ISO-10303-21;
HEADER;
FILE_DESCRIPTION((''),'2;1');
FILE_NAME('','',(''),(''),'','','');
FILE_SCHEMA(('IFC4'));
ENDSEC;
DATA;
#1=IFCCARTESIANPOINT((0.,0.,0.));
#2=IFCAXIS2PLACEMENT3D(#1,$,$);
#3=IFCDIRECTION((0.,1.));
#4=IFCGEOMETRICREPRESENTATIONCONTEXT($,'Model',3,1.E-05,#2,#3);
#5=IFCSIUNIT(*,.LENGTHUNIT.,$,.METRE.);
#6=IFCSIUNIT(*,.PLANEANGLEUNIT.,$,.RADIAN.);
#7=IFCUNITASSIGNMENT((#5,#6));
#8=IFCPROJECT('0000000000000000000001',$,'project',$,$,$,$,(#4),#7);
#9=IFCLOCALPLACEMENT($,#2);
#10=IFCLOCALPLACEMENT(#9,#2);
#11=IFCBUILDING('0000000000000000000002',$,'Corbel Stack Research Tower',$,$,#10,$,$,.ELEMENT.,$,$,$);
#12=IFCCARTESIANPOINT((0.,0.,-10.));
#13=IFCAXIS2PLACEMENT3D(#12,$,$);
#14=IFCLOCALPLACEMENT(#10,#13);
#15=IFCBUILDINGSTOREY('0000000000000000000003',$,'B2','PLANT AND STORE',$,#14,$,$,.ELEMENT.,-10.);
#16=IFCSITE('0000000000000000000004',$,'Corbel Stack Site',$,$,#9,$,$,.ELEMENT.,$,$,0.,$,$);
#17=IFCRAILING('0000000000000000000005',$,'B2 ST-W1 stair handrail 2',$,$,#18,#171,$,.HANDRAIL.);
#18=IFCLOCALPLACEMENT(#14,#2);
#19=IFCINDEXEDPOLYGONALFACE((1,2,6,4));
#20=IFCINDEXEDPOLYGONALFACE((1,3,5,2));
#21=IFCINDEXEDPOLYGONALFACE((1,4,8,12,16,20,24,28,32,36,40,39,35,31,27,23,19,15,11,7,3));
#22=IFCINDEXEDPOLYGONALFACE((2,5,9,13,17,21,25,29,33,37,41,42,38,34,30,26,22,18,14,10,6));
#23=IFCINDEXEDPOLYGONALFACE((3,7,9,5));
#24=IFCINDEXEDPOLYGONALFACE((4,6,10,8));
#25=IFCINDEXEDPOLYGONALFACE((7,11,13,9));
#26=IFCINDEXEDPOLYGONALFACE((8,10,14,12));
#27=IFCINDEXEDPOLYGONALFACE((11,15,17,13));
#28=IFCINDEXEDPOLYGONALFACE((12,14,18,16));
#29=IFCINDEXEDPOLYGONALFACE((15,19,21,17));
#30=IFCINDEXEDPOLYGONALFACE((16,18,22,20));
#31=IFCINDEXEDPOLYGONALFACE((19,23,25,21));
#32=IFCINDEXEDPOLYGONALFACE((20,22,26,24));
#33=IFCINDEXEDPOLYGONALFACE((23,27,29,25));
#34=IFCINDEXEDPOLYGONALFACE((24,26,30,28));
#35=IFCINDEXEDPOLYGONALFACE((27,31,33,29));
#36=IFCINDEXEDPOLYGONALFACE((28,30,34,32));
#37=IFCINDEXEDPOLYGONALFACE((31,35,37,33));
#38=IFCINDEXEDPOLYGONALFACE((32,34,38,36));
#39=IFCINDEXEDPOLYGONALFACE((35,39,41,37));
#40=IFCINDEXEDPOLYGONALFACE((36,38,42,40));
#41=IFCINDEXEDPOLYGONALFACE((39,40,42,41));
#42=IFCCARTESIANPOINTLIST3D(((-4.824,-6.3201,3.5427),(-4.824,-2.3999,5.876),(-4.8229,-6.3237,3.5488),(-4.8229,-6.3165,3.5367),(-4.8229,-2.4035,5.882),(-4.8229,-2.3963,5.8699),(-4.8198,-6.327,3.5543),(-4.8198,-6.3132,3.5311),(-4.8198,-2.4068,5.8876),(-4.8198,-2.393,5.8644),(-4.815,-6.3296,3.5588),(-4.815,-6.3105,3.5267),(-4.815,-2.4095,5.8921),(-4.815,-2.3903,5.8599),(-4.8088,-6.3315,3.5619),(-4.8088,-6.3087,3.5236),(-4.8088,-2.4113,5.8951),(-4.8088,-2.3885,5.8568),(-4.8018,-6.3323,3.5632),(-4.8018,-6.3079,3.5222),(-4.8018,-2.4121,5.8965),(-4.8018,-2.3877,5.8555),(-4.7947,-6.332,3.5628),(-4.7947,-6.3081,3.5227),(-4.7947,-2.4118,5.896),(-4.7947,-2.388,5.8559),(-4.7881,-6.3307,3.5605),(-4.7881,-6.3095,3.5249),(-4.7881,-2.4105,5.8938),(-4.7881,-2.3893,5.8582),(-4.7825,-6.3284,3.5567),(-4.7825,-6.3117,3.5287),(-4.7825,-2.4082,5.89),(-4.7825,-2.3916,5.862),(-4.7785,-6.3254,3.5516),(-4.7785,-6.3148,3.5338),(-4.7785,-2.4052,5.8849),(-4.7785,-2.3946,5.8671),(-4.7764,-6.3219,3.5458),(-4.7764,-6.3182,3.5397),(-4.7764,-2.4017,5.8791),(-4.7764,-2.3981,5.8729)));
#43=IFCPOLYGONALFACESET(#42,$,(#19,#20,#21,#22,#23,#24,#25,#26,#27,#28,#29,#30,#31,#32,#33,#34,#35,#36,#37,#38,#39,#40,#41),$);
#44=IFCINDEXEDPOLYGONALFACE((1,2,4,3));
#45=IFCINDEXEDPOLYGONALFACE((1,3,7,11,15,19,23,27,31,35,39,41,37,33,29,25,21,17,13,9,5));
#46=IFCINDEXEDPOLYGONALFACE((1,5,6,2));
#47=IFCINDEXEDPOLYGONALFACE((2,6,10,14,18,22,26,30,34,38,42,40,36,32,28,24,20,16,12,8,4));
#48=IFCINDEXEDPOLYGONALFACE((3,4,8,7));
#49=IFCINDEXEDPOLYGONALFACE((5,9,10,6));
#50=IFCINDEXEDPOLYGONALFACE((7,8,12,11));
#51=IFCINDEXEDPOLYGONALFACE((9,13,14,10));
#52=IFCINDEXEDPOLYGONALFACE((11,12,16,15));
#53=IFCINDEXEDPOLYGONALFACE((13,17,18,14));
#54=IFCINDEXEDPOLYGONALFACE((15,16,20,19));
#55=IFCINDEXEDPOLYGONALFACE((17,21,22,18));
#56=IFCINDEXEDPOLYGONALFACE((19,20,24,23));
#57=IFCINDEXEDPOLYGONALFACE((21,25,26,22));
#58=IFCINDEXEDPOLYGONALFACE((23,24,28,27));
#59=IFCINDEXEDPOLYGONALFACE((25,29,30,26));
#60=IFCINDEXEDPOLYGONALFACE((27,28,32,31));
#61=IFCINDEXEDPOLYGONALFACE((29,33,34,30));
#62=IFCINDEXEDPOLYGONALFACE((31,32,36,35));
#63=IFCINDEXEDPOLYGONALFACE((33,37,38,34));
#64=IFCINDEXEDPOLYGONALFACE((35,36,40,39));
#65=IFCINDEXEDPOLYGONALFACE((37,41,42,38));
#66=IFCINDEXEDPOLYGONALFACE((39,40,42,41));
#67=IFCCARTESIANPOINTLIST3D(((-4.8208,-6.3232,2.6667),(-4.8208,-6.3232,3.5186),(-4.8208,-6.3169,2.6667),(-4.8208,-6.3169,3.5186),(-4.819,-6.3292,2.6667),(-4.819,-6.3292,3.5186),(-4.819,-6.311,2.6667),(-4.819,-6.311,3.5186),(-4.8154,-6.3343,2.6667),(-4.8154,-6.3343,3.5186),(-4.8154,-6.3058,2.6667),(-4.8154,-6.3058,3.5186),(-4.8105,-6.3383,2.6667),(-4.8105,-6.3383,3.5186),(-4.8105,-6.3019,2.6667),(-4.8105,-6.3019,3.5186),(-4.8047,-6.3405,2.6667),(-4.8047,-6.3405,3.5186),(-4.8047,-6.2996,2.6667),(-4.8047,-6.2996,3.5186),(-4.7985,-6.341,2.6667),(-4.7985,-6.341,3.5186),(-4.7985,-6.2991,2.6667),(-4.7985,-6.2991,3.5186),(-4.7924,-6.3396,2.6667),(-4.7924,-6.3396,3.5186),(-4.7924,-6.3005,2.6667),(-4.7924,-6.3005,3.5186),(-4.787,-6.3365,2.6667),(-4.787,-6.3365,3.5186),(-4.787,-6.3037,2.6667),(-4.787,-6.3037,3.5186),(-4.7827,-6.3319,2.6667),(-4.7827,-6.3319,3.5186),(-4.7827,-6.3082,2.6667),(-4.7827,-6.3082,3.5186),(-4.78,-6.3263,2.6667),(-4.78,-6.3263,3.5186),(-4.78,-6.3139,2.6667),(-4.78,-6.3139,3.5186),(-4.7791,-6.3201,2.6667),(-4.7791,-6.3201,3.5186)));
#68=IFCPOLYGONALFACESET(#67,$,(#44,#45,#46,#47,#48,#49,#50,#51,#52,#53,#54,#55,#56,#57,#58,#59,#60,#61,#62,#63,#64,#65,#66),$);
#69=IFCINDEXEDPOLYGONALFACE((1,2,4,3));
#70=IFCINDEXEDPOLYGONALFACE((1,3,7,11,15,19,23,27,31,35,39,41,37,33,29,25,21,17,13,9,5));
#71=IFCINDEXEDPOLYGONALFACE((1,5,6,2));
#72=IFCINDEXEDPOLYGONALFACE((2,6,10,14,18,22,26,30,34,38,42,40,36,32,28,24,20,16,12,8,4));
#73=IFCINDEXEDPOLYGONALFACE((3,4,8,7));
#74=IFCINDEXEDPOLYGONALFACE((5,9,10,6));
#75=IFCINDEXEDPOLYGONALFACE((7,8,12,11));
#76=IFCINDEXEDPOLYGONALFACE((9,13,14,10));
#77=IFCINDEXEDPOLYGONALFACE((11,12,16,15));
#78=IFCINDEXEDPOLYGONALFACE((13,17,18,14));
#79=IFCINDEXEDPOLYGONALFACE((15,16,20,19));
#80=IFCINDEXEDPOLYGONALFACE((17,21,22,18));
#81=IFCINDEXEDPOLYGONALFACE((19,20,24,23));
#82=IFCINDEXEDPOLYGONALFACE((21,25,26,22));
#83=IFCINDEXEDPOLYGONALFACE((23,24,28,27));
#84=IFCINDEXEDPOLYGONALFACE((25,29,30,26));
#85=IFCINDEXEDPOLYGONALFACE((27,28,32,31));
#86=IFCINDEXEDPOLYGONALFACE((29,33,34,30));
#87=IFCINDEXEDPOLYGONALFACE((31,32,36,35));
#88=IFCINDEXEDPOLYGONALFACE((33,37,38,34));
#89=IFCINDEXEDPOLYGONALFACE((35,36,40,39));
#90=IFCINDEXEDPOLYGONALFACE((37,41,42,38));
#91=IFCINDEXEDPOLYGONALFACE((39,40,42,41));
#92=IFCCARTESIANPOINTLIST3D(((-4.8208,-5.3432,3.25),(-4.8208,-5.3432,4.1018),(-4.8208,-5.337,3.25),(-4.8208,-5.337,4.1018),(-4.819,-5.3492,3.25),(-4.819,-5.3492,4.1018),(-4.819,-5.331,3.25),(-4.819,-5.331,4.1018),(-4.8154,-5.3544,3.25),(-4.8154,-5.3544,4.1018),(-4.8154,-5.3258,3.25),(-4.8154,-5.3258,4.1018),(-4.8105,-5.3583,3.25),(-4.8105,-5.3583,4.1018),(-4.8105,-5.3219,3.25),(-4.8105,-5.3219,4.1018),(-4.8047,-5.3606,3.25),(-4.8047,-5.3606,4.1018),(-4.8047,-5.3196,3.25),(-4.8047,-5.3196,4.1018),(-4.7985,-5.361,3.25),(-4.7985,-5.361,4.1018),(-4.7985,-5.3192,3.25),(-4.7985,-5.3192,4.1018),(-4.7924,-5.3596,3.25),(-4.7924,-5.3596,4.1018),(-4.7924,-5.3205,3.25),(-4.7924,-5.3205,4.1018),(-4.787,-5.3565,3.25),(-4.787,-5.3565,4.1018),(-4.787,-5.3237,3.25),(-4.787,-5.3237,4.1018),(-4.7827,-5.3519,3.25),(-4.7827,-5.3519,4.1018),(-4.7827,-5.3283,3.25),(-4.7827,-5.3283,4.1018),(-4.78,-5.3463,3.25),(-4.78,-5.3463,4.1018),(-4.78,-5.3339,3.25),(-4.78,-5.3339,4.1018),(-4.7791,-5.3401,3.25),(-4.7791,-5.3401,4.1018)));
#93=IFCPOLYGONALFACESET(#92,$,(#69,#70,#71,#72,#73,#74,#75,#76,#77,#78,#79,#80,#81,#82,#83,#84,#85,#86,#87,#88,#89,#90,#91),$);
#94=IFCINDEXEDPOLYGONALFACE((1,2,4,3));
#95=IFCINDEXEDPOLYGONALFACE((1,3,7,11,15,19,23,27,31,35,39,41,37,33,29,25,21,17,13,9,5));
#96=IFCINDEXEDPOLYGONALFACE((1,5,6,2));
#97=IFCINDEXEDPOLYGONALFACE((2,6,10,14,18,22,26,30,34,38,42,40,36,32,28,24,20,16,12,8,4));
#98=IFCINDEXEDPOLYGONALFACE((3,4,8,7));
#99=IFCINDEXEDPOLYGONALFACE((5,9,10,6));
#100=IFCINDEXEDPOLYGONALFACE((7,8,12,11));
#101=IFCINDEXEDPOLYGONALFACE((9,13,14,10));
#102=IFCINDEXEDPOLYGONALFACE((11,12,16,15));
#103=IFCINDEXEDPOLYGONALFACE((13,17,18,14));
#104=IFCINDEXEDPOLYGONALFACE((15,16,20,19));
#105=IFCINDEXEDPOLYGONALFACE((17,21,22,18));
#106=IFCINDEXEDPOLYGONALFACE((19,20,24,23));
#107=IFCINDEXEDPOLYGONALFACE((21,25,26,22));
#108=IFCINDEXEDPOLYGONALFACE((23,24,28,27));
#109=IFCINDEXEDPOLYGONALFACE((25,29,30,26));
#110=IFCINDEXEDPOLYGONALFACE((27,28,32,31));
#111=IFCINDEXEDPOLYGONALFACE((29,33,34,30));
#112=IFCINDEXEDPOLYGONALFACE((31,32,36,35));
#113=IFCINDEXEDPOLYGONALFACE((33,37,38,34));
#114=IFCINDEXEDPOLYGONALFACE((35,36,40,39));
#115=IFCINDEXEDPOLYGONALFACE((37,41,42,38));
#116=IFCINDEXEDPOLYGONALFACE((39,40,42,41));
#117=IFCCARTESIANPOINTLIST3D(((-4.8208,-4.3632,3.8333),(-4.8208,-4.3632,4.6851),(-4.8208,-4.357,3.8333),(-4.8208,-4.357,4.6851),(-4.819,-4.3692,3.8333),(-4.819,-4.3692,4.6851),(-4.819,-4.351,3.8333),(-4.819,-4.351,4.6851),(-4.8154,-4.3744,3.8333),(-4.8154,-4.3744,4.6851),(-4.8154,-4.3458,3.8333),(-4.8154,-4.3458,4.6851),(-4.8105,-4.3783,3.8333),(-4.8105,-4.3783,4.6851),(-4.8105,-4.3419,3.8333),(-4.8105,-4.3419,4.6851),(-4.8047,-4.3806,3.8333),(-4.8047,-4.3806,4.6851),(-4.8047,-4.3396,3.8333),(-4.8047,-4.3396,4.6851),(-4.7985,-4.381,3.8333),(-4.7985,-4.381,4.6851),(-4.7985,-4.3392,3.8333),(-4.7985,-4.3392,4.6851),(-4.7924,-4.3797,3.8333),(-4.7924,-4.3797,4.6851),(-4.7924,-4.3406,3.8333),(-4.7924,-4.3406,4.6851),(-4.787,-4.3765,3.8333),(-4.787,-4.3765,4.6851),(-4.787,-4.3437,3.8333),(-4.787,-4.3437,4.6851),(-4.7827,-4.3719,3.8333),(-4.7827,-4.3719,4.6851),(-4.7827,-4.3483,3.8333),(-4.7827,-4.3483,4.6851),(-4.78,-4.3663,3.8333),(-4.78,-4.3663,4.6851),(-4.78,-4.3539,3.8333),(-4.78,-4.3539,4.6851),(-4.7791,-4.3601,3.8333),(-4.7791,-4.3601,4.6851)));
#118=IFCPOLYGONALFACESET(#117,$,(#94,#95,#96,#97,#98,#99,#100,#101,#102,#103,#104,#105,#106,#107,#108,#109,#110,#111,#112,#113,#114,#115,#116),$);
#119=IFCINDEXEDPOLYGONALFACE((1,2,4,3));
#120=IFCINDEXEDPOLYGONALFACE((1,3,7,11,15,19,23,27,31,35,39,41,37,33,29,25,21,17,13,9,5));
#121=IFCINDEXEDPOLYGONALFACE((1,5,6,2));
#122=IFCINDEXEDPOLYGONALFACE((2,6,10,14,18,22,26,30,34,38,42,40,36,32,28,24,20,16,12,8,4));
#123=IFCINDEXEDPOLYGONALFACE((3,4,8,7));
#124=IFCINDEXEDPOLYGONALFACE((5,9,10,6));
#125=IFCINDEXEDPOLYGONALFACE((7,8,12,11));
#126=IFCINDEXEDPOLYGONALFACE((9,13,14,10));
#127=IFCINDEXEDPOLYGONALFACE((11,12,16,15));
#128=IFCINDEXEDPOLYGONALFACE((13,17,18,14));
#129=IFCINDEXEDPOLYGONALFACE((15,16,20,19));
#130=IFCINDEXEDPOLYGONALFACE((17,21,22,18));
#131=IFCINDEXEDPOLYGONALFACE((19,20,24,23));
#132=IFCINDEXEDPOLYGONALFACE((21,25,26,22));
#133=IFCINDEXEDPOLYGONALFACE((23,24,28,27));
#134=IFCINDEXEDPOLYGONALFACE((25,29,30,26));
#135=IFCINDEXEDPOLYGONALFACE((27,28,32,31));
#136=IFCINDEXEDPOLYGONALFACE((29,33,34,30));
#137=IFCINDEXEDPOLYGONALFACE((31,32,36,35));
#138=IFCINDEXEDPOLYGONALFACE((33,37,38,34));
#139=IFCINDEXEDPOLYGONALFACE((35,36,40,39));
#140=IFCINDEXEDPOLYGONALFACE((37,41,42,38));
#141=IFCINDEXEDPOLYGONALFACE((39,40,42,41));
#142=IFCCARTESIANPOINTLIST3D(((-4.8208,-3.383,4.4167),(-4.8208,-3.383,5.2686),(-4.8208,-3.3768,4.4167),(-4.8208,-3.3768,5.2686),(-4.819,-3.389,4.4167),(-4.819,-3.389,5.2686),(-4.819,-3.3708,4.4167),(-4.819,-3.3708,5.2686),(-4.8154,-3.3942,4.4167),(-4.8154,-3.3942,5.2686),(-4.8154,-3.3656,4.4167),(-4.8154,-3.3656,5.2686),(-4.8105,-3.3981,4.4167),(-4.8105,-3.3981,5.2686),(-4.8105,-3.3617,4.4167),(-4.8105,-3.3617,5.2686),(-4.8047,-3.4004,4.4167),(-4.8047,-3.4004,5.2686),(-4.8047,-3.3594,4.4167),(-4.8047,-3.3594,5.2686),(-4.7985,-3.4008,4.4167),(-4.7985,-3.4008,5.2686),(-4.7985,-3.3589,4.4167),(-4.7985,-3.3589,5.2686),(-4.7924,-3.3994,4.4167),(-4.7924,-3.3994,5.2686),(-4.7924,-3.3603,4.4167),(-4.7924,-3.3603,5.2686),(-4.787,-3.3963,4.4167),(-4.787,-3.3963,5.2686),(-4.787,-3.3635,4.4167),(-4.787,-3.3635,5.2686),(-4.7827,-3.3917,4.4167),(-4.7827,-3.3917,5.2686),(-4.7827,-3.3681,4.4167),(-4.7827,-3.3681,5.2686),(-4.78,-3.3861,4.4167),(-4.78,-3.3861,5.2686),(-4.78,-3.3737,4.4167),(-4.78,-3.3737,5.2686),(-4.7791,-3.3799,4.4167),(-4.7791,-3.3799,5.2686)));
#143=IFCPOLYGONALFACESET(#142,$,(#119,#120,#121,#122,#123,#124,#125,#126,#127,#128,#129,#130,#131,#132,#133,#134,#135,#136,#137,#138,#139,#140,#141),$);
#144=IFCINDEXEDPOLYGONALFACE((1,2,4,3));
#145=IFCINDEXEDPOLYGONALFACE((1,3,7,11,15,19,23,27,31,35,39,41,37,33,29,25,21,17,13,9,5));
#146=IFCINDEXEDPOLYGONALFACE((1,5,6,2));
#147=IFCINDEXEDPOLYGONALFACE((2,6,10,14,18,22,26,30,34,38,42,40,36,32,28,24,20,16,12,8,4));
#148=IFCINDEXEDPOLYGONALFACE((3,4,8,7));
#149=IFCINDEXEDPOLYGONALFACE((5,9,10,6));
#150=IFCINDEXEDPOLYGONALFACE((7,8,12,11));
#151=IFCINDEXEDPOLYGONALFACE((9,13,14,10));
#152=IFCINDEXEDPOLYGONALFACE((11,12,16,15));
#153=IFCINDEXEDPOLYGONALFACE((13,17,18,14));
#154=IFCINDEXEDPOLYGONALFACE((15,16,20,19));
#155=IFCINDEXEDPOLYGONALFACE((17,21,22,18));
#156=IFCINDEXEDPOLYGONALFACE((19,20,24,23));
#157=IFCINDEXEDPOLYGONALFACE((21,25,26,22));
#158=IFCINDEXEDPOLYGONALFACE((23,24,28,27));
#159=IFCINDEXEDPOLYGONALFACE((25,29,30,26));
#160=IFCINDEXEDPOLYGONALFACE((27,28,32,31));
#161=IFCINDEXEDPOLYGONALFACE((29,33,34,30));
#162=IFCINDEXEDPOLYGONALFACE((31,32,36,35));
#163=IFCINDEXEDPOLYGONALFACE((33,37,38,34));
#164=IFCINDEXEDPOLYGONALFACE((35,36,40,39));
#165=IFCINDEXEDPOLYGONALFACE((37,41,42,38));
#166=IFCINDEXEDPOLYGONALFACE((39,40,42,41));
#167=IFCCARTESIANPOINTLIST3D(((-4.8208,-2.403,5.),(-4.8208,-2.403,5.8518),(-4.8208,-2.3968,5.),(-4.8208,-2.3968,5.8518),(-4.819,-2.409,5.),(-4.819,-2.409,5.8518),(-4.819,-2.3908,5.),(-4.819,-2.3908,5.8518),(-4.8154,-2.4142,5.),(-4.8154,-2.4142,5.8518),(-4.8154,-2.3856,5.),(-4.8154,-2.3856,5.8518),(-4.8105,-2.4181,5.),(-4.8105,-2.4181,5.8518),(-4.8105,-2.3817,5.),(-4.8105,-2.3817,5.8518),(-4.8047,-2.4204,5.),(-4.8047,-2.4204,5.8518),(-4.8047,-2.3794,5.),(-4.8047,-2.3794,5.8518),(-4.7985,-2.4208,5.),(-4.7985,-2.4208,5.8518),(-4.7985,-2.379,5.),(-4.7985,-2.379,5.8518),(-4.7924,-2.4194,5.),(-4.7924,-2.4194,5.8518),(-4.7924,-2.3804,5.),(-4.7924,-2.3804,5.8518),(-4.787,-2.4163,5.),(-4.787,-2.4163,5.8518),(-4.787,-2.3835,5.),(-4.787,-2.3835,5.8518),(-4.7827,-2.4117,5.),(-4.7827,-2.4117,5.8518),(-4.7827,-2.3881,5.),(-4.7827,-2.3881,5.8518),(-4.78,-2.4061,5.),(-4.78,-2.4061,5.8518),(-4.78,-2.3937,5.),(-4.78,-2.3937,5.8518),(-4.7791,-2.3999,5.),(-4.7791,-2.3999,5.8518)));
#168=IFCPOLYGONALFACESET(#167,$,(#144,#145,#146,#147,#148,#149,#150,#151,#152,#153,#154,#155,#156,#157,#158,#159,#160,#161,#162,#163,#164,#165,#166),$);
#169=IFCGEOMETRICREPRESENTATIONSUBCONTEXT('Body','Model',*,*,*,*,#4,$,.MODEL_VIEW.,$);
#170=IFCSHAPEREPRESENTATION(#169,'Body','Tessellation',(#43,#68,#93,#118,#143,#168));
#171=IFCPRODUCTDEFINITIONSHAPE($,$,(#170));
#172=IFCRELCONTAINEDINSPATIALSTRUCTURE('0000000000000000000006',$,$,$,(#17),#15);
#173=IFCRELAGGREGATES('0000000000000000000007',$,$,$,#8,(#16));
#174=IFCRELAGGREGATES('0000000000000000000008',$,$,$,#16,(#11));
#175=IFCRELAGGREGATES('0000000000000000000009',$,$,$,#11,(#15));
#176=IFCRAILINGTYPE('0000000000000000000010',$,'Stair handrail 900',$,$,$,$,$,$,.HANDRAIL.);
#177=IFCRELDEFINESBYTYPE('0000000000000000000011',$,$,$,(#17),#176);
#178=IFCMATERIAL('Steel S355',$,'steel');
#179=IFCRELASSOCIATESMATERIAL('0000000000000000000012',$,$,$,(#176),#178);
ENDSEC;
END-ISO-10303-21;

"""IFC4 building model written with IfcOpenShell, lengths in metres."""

from ifc_helpers import new_model, si_unit, direction, frame, origin, origin_2d, place, context, subcontext, project, spatial, circle, extrude, material, type_object, element, save


model = new_model("IFC4")

# Units and contexts
model_context = context("Model", 3, precision=1e-05, world=origin(), true_north=direction((0.0, 1.0)))
body_context = subcontext(model_context, "Body", "Model", "MODEL_VIEW")
ifc_project = project(units=[si_unit("LENGTHUNIT", "METRE"), si_unit("PLANEANGLEUNIT", "RADIAN")], contexts=[model_context])

# Site, building, storey
site_placement = place(None, origin())
site = spatial("IfcSite", under=ifc_project, at=site_placement, Name="Corbel Stack Site", CompositionType="ELEMENT", RefElevation=0.0)
building_placement = place(site_placement, origin())
building = spatial("IfcBuilding", under=site, at=building_placement, Name="Corbel Stack Research Tower", CompositionType="ELEMENT")
storey_placement = place(building_placement, frame((0.0, 0.0, -10.0)))
storey = spatial("IfcBuildingStorey", under=building, at=storey_placement, Name="B2", Description="PLANT AND STORE", CompositionType="ELEMENT", Elevation=-10.0)

# Railing
ifc_material_1 = material(Name="Steel S355", Category="steel")
railing_type_1 = type_object("IfcRailingType", Name="Stair handrail 900", PredefinedType="HANDRAIL", material=ifc_material_1)
railing_1_placement = place(storey_placement, frame((-4.8, -6.3201, 2.6667)))
element("IfcRailing", 1, at=railing_1_placement, inside=storey, type_object=railing_type_1, Name="B2 ST-W1 stair handrail 2", PredefinedType="HANDRAIL", context=body_context, shape_type="SweptSolid", body=[
    extrude(circle(Radius=0.0239, at=origin_2d()), frame((0.0, 0.0, 0.876), z_axis=(0.0, 0.85931, 0.511455), x_axis=(-1.0, 0.0, 0.0)), (0.0, 0.0, 1.0), 4.562),
    extrude(circle(Radius=0.021, at=origin_2d()), origin(), (0.0, 0.0, 1.0), 0.8518),
    extrude(circle(Radius=0.021, at=origin_2d()), frame((0.0, 0.98, 0.5833)), (0.0, 0.0, 1.0), 0.8518),
    extrude(circle(Radius=0.021, at=origin_2d()), frame((0.0, 1.96, 1.1665)), (0.0, 0.0, 1.0), 0.8518),
    extrude(circle(Radius=0.021, at=origin_2d()), frame((0.0, 2.9402, 1.75)), (0.0, 0.0, 1.0), 0.8518),
    extrude(circle(Radius=0.021, at=origin_2d()), frame((0.0, 3.9202, 2.3333)), (0.0, 0.0, 1.0), 0.8518),
])

save(model, "model.ifc")
